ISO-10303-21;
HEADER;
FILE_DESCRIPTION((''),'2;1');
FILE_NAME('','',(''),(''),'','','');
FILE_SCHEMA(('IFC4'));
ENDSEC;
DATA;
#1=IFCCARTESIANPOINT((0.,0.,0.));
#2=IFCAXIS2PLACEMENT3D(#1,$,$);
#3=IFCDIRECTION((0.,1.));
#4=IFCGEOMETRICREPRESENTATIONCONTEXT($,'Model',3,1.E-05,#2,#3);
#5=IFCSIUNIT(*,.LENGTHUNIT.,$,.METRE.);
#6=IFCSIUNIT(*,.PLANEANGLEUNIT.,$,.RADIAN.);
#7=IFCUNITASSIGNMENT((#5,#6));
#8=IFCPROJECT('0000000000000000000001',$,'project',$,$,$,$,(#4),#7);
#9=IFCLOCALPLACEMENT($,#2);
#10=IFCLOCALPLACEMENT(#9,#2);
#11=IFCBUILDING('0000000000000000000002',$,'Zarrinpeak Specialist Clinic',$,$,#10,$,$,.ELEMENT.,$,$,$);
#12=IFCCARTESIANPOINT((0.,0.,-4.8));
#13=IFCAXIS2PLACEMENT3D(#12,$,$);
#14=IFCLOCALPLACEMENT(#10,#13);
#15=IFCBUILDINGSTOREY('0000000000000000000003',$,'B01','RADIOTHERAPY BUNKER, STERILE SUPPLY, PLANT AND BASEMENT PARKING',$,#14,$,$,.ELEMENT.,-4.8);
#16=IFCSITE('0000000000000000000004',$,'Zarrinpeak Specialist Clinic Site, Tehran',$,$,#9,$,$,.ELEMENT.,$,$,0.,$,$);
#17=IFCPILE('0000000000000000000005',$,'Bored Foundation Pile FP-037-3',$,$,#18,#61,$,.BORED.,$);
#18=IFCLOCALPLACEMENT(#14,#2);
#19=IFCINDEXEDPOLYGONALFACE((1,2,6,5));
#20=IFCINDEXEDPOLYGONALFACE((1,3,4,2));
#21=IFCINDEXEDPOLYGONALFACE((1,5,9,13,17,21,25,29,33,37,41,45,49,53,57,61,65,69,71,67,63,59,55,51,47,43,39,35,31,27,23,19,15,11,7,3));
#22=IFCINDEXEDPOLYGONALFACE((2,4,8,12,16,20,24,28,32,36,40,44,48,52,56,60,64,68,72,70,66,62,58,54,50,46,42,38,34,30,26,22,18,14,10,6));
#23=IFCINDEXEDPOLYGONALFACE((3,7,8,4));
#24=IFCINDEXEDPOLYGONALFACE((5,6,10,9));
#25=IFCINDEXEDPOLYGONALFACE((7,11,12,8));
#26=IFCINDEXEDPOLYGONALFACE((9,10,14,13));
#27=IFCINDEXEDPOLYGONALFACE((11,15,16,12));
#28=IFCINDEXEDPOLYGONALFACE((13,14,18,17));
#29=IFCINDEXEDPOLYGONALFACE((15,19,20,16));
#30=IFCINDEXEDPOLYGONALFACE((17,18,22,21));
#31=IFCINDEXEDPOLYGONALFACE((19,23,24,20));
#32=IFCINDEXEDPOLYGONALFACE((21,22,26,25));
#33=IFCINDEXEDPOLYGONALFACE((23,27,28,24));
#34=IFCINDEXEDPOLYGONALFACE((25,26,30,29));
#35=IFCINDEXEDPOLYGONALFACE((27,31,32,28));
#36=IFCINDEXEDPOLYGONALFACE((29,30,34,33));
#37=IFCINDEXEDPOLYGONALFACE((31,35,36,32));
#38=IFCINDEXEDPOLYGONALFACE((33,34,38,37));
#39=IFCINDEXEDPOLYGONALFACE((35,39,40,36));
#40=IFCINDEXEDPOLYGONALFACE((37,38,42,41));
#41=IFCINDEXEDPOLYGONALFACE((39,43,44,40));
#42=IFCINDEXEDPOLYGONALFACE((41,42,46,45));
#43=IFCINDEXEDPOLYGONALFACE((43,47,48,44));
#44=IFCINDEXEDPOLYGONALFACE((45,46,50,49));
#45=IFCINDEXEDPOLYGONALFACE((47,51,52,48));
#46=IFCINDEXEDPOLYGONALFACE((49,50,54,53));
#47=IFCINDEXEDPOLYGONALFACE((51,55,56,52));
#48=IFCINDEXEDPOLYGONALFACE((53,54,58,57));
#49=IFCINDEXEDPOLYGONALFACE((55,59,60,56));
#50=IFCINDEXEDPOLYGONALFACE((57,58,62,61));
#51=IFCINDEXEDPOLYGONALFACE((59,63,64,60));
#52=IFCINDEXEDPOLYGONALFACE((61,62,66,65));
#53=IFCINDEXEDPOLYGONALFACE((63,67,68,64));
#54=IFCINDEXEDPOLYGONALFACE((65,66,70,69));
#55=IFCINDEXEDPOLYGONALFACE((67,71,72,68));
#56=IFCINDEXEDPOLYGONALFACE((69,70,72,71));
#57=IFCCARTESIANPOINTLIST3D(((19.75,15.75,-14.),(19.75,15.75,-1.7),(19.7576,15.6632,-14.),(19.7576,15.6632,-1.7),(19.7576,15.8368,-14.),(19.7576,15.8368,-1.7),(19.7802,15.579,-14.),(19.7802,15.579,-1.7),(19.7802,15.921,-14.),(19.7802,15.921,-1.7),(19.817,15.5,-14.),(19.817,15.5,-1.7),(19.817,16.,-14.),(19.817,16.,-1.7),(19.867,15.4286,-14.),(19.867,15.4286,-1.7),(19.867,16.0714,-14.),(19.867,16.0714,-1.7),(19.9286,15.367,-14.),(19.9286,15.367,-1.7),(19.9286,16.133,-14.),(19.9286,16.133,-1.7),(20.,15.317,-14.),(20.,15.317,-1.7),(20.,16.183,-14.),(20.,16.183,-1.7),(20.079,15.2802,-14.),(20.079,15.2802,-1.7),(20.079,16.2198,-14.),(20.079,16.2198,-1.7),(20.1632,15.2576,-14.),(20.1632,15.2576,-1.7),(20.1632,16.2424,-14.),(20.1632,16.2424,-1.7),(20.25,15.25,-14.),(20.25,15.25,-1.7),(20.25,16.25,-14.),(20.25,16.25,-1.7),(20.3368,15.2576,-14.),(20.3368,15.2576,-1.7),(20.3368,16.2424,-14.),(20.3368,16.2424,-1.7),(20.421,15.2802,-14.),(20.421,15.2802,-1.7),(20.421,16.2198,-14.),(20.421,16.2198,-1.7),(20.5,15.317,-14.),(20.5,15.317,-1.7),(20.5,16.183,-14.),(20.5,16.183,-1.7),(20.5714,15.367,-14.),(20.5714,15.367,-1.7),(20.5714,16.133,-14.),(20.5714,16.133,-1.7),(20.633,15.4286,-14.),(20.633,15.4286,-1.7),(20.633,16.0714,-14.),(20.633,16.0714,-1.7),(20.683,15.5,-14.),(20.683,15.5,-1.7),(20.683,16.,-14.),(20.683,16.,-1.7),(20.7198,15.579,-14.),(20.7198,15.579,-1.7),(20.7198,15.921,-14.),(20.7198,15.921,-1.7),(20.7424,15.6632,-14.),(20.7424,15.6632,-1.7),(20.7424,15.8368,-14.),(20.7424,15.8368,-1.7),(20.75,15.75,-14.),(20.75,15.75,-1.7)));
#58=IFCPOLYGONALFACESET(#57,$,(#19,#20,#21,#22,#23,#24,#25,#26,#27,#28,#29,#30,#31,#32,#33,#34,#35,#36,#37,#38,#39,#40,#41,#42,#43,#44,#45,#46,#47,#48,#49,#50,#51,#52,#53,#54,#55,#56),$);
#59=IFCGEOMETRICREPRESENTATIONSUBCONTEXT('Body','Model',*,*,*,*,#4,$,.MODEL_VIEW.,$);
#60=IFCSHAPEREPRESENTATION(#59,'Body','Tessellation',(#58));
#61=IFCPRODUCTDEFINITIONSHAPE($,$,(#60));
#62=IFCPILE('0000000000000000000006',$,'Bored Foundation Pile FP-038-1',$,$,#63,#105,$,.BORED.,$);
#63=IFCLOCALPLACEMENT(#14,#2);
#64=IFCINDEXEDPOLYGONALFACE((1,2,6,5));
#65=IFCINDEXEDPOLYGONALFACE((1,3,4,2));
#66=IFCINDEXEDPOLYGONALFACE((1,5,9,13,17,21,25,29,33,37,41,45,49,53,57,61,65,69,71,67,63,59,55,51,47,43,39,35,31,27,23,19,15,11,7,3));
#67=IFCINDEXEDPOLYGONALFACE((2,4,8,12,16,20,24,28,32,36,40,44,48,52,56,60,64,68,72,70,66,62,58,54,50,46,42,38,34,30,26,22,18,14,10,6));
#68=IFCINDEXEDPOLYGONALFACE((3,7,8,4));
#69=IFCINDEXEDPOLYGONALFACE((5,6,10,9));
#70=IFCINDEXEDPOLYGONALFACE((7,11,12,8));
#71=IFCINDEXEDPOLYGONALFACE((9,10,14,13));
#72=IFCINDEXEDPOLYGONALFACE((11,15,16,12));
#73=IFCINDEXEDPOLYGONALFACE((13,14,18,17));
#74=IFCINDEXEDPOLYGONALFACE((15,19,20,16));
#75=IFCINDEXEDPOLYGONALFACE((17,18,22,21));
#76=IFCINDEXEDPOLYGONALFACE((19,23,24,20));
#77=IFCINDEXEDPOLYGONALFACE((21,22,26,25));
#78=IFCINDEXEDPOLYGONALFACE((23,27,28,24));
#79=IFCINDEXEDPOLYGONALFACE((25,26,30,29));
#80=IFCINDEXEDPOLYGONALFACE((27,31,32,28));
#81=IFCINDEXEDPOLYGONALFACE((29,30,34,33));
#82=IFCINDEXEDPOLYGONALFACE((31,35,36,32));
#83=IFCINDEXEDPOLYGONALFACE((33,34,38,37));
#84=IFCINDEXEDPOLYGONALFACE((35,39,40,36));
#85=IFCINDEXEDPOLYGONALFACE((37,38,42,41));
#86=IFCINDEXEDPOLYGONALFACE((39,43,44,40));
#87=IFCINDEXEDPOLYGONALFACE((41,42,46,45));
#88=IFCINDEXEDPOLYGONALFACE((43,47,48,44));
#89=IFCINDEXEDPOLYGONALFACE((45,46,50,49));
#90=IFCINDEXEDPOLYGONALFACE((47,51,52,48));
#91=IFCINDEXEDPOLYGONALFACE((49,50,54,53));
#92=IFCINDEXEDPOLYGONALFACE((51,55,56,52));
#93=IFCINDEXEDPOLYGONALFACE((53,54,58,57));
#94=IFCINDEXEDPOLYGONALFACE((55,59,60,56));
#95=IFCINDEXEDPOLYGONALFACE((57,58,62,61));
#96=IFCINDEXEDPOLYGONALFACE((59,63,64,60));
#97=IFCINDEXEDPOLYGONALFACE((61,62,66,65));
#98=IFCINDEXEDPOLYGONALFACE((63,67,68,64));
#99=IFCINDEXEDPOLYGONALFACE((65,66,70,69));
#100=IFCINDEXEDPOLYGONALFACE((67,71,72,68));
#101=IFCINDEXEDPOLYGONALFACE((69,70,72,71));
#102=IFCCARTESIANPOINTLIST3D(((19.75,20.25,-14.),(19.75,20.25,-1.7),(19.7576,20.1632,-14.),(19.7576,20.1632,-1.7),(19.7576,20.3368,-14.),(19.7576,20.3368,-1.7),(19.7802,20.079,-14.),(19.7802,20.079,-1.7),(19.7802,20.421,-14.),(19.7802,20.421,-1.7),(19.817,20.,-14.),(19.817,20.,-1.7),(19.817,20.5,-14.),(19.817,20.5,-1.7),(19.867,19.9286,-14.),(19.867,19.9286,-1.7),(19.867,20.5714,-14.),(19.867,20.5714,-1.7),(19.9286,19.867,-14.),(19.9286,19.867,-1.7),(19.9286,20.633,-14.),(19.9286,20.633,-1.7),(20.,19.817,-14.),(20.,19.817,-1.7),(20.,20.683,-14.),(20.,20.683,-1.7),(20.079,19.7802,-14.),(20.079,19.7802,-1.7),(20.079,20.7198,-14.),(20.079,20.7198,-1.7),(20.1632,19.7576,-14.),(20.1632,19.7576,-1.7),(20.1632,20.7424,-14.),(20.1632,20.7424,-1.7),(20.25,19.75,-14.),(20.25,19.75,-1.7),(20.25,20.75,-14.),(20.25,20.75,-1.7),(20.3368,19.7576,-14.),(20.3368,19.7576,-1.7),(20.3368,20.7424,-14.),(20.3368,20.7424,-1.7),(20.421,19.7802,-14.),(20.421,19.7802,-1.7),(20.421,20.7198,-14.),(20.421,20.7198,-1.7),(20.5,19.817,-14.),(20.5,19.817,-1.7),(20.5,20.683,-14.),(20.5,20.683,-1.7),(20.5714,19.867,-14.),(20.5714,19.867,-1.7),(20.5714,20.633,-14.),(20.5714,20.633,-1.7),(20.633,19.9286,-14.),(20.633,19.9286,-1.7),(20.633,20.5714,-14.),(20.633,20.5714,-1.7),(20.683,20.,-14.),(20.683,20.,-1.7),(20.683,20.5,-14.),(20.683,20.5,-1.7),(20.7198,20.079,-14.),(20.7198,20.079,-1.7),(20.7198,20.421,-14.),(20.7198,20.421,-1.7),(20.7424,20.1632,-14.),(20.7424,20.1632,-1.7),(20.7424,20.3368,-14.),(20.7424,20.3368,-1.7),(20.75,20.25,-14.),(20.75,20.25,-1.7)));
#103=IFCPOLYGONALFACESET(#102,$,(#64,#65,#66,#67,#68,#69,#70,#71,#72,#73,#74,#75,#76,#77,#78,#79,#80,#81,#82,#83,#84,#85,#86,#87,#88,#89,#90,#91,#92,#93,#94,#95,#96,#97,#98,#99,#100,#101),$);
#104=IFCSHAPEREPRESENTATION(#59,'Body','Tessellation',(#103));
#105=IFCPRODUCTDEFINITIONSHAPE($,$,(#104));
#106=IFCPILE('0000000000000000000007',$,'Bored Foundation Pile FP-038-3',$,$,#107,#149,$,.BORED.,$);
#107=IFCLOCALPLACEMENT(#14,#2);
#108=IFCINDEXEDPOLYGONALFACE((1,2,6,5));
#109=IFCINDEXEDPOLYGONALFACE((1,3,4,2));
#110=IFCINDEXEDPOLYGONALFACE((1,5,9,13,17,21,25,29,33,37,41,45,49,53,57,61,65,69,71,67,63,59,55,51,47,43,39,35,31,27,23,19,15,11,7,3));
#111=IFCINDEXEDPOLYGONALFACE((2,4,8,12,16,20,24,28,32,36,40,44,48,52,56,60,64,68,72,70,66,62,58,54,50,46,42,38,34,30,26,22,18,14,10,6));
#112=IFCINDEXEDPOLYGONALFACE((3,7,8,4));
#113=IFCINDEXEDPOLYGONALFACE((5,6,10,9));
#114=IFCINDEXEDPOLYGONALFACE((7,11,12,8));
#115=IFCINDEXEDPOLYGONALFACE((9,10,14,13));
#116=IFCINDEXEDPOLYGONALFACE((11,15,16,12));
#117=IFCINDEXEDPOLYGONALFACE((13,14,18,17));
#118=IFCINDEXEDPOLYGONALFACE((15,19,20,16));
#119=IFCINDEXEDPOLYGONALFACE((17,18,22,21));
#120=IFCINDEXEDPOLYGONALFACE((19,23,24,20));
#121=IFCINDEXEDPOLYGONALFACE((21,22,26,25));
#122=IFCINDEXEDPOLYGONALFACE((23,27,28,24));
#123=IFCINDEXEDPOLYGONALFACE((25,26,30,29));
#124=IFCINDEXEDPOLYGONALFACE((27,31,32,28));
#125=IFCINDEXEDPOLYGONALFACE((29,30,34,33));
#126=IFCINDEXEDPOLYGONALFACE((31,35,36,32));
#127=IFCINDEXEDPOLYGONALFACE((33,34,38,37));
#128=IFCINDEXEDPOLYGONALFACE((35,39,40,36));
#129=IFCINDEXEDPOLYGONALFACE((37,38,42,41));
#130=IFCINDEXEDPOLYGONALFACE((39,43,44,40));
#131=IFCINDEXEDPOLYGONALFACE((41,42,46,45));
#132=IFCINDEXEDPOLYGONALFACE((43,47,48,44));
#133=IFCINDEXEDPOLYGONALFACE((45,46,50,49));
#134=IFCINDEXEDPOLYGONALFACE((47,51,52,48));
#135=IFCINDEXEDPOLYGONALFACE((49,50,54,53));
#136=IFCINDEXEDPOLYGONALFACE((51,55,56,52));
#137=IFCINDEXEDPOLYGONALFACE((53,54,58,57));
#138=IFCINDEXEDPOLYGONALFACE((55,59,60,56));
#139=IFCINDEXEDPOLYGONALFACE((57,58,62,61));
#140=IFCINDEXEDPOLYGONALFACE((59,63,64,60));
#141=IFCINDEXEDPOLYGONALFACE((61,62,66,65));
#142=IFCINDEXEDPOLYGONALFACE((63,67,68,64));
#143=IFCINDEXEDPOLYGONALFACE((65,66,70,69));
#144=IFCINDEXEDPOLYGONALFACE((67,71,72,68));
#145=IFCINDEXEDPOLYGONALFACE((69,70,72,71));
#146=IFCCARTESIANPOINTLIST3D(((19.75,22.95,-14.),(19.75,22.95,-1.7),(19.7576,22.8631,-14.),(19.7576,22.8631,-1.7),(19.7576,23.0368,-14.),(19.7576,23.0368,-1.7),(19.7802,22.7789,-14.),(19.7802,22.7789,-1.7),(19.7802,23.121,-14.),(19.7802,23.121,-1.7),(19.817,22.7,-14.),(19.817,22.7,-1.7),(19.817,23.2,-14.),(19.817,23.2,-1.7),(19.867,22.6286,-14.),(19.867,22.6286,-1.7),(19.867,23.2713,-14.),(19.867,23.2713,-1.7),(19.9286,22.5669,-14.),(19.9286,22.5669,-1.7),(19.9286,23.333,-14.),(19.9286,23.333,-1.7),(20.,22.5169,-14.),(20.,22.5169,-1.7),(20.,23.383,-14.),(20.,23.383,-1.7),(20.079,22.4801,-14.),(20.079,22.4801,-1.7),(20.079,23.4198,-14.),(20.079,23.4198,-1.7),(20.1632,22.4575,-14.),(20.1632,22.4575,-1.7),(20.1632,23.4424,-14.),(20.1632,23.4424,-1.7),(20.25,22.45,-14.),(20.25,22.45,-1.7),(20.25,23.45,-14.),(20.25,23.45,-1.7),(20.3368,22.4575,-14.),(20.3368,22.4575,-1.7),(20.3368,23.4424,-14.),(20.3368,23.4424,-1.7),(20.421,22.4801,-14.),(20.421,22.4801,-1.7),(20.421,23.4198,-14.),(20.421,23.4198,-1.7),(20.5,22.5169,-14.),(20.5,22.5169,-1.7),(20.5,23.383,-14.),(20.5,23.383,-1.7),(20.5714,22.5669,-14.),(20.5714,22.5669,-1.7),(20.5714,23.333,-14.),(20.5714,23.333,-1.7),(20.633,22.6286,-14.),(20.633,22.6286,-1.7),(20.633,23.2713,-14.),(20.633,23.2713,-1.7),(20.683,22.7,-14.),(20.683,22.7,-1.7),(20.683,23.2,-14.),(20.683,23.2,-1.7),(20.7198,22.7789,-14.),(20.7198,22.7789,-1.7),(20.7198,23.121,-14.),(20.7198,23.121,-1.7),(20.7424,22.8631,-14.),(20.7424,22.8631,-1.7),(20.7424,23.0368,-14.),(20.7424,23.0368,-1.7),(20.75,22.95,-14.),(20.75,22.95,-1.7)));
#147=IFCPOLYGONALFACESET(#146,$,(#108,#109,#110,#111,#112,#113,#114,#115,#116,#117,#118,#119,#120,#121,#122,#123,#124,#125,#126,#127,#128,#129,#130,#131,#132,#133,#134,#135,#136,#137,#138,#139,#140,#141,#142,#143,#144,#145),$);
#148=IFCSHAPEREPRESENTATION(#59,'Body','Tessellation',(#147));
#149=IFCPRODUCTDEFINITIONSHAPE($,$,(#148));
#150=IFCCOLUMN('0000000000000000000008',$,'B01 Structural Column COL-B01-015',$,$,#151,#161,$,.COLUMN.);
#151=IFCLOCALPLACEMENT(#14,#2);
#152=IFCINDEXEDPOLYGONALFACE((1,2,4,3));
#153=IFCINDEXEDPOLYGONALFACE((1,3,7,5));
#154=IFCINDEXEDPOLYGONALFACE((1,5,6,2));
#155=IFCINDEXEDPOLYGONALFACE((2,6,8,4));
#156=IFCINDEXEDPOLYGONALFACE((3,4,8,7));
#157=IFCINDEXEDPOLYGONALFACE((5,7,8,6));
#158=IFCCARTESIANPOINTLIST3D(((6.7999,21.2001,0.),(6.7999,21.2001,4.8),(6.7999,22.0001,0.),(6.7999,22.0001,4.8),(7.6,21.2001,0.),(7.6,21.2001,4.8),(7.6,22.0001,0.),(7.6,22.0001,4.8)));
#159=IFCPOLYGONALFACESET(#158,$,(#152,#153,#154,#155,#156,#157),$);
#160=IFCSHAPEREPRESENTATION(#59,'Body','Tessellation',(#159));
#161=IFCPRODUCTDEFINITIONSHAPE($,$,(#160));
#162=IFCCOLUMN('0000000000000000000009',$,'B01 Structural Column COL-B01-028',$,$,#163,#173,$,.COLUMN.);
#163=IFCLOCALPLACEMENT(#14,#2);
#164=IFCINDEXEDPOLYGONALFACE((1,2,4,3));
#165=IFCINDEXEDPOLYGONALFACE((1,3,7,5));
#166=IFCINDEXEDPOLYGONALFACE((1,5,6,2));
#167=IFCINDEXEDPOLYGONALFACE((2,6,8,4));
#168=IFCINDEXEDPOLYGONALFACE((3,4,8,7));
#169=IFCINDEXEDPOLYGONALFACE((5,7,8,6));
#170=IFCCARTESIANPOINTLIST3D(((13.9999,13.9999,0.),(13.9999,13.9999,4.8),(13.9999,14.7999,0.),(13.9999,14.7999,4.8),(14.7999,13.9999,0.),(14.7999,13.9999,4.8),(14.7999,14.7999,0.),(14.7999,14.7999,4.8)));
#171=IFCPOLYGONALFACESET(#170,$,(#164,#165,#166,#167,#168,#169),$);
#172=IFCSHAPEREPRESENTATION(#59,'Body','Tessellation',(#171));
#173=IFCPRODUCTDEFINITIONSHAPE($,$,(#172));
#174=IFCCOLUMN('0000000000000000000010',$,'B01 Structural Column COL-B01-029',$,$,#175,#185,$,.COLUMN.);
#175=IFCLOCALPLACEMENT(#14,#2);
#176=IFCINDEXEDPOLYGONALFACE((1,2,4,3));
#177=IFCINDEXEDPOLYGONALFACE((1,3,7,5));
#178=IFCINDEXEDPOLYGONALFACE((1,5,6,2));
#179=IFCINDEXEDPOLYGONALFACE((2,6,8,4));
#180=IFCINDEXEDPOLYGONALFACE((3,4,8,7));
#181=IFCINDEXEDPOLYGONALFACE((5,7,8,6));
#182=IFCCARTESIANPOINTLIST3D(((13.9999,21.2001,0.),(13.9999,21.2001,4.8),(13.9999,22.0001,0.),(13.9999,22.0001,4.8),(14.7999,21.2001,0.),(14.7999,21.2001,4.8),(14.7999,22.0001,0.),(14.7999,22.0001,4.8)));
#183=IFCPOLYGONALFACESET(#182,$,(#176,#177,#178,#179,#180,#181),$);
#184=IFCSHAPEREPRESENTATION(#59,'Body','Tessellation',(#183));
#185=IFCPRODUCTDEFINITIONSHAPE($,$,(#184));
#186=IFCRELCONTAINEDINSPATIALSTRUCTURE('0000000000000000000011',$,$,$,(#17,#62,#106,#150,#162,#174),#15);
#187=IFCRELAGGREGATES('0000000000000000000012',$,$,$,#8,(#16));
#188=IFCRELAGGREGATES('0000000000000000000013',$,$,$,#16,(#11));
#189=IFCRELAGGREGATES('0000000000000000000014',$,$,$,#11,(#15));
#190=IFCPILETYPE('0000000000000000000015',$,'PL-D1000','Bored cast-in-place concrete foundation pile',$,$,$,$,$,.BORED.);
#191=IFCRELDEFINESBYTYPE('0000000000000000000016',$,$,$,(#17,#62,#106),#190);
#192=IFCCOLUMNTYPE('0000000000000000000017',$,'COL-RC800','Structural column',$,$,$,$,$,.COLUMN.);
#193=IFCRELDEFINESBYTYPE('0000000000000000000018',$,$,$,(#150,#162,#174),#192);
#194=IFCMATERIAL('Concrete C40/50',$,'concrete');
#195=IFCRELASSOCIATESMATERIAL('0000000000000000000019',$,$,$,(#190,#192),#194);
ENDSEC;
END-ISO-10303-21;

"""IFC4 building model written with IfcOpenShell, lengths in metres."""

from ifc_helpers import new_model, si_unit, direction, frame, origin, origin_2d, place, context, subcontext, project, spatial, rectangle, circle, extrude, material, material_profile, profile_set, type_object, element, save


model = new_model("IFC4")

# Units and contexts
model_context = context("Model", 3, precision=1e-05, world=origin(), true_north=direction((0.0, 1.0)))
body_context = subcontext(model_context, "Body", "Model", "MODEL_VIEW")
ifc_project = project(units=[si_unit("LENGTHUNIT", "METRE"), si_unit("PLANEANGLEUNIT", "RADIAN")], contexts=[model_context])

# Site, building, storey
site_placement = place(None, origin())
site = spatial("IfcSite", under=ifc_project, at=site_placement, Name="Zarrinpeak Specialist Clinic Site, Tehran", CompositionType="ELEMENT", RefElevation=0.0)
building_placement = place(site_placement, origin())
building = spatial("IfcBuilding", under=site, at=building_placement, Name="Zarrinpeak Specialist Clinic", CompositionType="ELEMENT")
storey_placement = place(building_placement, frame((0.0, 0.0, -4.8)))
storey = spatial("IfcBuildingStorey", under=building, at=storey_placement, Name="B01", Description="RADIOTHERAPY BUNKER, STERILE SUPPLY, PLANT AND BASEMENT PARKING", CompositionType="ELEMENT", Elevation=-4.8)

# Shared definitions
ifc_material_1 = material(Name="Concrete C40/50", Category="concrete")

# Piles
ifc_material_profile_1 = material_profile(ifc_material_1, circle(Radius=0.5, at=origin_2d()), Name="BORED PILE D1000")
ifc_profile_set_1 = profile_set([ifc_material_profile_1], Name="Concrete C40/50")
pile_type = type_object("IfcPileType", Name="PL-D1000", Description="Bored cast-in-place concrete foundation pile", PredefinedType="BORED", material=ifc_profile_set_1)
for number, where, z_axis, x_axis, name in (
    (1, (20.25, 15.75, -1.7), (0.0, 0.0, -1.0), (1.0, 0.0, 0.0), "Bored Foundation Pile FP-037-3"),
    (2, (20.25, 20.25, -1.7), (0.0, 0.0, -1.0), (1.0, 0.0, 0.0), "Bored Foundation Pile FP-038-1"),
    (3, (20.25, 22.95, -1.7), (0.0, 0.0, -1.0), (1.0, 0.0, 0.0), "Bored Foundation Pile FP-038-3"),
):
    element("IfcPile", number, at=place(storey_placement, frame(where, z_axis=z_axis, x_axis=x_axis)), inside=storey, type_object=pile_type, Name=name, PredefinedType="BORED", context=body_context, shape_type="SweptSolid", body=[
        extrude(circle(Radius=0.5, at=origin_2d()), origin(), (0.0, 0.0, 1.0), 12.3),
    ])

# Columns
ifc_material_profile_2 = material_profile(ifc_material_1, rectangle(XDim=0.8, YDim=0.8, at=origin_2d()), Name="RC 800x800")
ifc_profile_set_2 = profile_set([ifc_material_profile_2], Name="Concrete C40/50")
column_type = type_object("IfcColumnType", Name="COL-RC800", Description="Structural column", PredefinedType="COLUMN", material=ifc_profile_set_2)
for number, where, z_axis, x_axis, name in (
    (4, (7.2, 21.6001, 0.0), (0.0, 0.0, 1.0), (1.0, 0.0, 0.0), "B01 Structural Column COL-B01-015"),
    (5, (14.3999, 14.3999, 0.0), (0.0, 0.0, 1.0), (1.0, 0.0, 0.0), "B01 Structural Column COL-B01-028"),
    (6, (14.3999, 21.6001, 0.0), (0.0, 0.0, 1.0), (1.0, 0.0, 0.0), "B01 Structural Column COL-B01-029"),
):
    element("IfcColumn", number, at=place(storey_placement, frame(where, z_axis=z_axis, x_axis=x_axis)), inside=storey, type_object=column_type, Name=name, PredefinedType="COLUMN", context=body_context, shape_type="SweptSolid", body=[
        extrude(rectangle(XDim=0.8, YDim=0.8, at=origin_2d()), origin(), (0.0, 0.0, 1.0), 4.8),
    ])

save(model, "model.ifc")
